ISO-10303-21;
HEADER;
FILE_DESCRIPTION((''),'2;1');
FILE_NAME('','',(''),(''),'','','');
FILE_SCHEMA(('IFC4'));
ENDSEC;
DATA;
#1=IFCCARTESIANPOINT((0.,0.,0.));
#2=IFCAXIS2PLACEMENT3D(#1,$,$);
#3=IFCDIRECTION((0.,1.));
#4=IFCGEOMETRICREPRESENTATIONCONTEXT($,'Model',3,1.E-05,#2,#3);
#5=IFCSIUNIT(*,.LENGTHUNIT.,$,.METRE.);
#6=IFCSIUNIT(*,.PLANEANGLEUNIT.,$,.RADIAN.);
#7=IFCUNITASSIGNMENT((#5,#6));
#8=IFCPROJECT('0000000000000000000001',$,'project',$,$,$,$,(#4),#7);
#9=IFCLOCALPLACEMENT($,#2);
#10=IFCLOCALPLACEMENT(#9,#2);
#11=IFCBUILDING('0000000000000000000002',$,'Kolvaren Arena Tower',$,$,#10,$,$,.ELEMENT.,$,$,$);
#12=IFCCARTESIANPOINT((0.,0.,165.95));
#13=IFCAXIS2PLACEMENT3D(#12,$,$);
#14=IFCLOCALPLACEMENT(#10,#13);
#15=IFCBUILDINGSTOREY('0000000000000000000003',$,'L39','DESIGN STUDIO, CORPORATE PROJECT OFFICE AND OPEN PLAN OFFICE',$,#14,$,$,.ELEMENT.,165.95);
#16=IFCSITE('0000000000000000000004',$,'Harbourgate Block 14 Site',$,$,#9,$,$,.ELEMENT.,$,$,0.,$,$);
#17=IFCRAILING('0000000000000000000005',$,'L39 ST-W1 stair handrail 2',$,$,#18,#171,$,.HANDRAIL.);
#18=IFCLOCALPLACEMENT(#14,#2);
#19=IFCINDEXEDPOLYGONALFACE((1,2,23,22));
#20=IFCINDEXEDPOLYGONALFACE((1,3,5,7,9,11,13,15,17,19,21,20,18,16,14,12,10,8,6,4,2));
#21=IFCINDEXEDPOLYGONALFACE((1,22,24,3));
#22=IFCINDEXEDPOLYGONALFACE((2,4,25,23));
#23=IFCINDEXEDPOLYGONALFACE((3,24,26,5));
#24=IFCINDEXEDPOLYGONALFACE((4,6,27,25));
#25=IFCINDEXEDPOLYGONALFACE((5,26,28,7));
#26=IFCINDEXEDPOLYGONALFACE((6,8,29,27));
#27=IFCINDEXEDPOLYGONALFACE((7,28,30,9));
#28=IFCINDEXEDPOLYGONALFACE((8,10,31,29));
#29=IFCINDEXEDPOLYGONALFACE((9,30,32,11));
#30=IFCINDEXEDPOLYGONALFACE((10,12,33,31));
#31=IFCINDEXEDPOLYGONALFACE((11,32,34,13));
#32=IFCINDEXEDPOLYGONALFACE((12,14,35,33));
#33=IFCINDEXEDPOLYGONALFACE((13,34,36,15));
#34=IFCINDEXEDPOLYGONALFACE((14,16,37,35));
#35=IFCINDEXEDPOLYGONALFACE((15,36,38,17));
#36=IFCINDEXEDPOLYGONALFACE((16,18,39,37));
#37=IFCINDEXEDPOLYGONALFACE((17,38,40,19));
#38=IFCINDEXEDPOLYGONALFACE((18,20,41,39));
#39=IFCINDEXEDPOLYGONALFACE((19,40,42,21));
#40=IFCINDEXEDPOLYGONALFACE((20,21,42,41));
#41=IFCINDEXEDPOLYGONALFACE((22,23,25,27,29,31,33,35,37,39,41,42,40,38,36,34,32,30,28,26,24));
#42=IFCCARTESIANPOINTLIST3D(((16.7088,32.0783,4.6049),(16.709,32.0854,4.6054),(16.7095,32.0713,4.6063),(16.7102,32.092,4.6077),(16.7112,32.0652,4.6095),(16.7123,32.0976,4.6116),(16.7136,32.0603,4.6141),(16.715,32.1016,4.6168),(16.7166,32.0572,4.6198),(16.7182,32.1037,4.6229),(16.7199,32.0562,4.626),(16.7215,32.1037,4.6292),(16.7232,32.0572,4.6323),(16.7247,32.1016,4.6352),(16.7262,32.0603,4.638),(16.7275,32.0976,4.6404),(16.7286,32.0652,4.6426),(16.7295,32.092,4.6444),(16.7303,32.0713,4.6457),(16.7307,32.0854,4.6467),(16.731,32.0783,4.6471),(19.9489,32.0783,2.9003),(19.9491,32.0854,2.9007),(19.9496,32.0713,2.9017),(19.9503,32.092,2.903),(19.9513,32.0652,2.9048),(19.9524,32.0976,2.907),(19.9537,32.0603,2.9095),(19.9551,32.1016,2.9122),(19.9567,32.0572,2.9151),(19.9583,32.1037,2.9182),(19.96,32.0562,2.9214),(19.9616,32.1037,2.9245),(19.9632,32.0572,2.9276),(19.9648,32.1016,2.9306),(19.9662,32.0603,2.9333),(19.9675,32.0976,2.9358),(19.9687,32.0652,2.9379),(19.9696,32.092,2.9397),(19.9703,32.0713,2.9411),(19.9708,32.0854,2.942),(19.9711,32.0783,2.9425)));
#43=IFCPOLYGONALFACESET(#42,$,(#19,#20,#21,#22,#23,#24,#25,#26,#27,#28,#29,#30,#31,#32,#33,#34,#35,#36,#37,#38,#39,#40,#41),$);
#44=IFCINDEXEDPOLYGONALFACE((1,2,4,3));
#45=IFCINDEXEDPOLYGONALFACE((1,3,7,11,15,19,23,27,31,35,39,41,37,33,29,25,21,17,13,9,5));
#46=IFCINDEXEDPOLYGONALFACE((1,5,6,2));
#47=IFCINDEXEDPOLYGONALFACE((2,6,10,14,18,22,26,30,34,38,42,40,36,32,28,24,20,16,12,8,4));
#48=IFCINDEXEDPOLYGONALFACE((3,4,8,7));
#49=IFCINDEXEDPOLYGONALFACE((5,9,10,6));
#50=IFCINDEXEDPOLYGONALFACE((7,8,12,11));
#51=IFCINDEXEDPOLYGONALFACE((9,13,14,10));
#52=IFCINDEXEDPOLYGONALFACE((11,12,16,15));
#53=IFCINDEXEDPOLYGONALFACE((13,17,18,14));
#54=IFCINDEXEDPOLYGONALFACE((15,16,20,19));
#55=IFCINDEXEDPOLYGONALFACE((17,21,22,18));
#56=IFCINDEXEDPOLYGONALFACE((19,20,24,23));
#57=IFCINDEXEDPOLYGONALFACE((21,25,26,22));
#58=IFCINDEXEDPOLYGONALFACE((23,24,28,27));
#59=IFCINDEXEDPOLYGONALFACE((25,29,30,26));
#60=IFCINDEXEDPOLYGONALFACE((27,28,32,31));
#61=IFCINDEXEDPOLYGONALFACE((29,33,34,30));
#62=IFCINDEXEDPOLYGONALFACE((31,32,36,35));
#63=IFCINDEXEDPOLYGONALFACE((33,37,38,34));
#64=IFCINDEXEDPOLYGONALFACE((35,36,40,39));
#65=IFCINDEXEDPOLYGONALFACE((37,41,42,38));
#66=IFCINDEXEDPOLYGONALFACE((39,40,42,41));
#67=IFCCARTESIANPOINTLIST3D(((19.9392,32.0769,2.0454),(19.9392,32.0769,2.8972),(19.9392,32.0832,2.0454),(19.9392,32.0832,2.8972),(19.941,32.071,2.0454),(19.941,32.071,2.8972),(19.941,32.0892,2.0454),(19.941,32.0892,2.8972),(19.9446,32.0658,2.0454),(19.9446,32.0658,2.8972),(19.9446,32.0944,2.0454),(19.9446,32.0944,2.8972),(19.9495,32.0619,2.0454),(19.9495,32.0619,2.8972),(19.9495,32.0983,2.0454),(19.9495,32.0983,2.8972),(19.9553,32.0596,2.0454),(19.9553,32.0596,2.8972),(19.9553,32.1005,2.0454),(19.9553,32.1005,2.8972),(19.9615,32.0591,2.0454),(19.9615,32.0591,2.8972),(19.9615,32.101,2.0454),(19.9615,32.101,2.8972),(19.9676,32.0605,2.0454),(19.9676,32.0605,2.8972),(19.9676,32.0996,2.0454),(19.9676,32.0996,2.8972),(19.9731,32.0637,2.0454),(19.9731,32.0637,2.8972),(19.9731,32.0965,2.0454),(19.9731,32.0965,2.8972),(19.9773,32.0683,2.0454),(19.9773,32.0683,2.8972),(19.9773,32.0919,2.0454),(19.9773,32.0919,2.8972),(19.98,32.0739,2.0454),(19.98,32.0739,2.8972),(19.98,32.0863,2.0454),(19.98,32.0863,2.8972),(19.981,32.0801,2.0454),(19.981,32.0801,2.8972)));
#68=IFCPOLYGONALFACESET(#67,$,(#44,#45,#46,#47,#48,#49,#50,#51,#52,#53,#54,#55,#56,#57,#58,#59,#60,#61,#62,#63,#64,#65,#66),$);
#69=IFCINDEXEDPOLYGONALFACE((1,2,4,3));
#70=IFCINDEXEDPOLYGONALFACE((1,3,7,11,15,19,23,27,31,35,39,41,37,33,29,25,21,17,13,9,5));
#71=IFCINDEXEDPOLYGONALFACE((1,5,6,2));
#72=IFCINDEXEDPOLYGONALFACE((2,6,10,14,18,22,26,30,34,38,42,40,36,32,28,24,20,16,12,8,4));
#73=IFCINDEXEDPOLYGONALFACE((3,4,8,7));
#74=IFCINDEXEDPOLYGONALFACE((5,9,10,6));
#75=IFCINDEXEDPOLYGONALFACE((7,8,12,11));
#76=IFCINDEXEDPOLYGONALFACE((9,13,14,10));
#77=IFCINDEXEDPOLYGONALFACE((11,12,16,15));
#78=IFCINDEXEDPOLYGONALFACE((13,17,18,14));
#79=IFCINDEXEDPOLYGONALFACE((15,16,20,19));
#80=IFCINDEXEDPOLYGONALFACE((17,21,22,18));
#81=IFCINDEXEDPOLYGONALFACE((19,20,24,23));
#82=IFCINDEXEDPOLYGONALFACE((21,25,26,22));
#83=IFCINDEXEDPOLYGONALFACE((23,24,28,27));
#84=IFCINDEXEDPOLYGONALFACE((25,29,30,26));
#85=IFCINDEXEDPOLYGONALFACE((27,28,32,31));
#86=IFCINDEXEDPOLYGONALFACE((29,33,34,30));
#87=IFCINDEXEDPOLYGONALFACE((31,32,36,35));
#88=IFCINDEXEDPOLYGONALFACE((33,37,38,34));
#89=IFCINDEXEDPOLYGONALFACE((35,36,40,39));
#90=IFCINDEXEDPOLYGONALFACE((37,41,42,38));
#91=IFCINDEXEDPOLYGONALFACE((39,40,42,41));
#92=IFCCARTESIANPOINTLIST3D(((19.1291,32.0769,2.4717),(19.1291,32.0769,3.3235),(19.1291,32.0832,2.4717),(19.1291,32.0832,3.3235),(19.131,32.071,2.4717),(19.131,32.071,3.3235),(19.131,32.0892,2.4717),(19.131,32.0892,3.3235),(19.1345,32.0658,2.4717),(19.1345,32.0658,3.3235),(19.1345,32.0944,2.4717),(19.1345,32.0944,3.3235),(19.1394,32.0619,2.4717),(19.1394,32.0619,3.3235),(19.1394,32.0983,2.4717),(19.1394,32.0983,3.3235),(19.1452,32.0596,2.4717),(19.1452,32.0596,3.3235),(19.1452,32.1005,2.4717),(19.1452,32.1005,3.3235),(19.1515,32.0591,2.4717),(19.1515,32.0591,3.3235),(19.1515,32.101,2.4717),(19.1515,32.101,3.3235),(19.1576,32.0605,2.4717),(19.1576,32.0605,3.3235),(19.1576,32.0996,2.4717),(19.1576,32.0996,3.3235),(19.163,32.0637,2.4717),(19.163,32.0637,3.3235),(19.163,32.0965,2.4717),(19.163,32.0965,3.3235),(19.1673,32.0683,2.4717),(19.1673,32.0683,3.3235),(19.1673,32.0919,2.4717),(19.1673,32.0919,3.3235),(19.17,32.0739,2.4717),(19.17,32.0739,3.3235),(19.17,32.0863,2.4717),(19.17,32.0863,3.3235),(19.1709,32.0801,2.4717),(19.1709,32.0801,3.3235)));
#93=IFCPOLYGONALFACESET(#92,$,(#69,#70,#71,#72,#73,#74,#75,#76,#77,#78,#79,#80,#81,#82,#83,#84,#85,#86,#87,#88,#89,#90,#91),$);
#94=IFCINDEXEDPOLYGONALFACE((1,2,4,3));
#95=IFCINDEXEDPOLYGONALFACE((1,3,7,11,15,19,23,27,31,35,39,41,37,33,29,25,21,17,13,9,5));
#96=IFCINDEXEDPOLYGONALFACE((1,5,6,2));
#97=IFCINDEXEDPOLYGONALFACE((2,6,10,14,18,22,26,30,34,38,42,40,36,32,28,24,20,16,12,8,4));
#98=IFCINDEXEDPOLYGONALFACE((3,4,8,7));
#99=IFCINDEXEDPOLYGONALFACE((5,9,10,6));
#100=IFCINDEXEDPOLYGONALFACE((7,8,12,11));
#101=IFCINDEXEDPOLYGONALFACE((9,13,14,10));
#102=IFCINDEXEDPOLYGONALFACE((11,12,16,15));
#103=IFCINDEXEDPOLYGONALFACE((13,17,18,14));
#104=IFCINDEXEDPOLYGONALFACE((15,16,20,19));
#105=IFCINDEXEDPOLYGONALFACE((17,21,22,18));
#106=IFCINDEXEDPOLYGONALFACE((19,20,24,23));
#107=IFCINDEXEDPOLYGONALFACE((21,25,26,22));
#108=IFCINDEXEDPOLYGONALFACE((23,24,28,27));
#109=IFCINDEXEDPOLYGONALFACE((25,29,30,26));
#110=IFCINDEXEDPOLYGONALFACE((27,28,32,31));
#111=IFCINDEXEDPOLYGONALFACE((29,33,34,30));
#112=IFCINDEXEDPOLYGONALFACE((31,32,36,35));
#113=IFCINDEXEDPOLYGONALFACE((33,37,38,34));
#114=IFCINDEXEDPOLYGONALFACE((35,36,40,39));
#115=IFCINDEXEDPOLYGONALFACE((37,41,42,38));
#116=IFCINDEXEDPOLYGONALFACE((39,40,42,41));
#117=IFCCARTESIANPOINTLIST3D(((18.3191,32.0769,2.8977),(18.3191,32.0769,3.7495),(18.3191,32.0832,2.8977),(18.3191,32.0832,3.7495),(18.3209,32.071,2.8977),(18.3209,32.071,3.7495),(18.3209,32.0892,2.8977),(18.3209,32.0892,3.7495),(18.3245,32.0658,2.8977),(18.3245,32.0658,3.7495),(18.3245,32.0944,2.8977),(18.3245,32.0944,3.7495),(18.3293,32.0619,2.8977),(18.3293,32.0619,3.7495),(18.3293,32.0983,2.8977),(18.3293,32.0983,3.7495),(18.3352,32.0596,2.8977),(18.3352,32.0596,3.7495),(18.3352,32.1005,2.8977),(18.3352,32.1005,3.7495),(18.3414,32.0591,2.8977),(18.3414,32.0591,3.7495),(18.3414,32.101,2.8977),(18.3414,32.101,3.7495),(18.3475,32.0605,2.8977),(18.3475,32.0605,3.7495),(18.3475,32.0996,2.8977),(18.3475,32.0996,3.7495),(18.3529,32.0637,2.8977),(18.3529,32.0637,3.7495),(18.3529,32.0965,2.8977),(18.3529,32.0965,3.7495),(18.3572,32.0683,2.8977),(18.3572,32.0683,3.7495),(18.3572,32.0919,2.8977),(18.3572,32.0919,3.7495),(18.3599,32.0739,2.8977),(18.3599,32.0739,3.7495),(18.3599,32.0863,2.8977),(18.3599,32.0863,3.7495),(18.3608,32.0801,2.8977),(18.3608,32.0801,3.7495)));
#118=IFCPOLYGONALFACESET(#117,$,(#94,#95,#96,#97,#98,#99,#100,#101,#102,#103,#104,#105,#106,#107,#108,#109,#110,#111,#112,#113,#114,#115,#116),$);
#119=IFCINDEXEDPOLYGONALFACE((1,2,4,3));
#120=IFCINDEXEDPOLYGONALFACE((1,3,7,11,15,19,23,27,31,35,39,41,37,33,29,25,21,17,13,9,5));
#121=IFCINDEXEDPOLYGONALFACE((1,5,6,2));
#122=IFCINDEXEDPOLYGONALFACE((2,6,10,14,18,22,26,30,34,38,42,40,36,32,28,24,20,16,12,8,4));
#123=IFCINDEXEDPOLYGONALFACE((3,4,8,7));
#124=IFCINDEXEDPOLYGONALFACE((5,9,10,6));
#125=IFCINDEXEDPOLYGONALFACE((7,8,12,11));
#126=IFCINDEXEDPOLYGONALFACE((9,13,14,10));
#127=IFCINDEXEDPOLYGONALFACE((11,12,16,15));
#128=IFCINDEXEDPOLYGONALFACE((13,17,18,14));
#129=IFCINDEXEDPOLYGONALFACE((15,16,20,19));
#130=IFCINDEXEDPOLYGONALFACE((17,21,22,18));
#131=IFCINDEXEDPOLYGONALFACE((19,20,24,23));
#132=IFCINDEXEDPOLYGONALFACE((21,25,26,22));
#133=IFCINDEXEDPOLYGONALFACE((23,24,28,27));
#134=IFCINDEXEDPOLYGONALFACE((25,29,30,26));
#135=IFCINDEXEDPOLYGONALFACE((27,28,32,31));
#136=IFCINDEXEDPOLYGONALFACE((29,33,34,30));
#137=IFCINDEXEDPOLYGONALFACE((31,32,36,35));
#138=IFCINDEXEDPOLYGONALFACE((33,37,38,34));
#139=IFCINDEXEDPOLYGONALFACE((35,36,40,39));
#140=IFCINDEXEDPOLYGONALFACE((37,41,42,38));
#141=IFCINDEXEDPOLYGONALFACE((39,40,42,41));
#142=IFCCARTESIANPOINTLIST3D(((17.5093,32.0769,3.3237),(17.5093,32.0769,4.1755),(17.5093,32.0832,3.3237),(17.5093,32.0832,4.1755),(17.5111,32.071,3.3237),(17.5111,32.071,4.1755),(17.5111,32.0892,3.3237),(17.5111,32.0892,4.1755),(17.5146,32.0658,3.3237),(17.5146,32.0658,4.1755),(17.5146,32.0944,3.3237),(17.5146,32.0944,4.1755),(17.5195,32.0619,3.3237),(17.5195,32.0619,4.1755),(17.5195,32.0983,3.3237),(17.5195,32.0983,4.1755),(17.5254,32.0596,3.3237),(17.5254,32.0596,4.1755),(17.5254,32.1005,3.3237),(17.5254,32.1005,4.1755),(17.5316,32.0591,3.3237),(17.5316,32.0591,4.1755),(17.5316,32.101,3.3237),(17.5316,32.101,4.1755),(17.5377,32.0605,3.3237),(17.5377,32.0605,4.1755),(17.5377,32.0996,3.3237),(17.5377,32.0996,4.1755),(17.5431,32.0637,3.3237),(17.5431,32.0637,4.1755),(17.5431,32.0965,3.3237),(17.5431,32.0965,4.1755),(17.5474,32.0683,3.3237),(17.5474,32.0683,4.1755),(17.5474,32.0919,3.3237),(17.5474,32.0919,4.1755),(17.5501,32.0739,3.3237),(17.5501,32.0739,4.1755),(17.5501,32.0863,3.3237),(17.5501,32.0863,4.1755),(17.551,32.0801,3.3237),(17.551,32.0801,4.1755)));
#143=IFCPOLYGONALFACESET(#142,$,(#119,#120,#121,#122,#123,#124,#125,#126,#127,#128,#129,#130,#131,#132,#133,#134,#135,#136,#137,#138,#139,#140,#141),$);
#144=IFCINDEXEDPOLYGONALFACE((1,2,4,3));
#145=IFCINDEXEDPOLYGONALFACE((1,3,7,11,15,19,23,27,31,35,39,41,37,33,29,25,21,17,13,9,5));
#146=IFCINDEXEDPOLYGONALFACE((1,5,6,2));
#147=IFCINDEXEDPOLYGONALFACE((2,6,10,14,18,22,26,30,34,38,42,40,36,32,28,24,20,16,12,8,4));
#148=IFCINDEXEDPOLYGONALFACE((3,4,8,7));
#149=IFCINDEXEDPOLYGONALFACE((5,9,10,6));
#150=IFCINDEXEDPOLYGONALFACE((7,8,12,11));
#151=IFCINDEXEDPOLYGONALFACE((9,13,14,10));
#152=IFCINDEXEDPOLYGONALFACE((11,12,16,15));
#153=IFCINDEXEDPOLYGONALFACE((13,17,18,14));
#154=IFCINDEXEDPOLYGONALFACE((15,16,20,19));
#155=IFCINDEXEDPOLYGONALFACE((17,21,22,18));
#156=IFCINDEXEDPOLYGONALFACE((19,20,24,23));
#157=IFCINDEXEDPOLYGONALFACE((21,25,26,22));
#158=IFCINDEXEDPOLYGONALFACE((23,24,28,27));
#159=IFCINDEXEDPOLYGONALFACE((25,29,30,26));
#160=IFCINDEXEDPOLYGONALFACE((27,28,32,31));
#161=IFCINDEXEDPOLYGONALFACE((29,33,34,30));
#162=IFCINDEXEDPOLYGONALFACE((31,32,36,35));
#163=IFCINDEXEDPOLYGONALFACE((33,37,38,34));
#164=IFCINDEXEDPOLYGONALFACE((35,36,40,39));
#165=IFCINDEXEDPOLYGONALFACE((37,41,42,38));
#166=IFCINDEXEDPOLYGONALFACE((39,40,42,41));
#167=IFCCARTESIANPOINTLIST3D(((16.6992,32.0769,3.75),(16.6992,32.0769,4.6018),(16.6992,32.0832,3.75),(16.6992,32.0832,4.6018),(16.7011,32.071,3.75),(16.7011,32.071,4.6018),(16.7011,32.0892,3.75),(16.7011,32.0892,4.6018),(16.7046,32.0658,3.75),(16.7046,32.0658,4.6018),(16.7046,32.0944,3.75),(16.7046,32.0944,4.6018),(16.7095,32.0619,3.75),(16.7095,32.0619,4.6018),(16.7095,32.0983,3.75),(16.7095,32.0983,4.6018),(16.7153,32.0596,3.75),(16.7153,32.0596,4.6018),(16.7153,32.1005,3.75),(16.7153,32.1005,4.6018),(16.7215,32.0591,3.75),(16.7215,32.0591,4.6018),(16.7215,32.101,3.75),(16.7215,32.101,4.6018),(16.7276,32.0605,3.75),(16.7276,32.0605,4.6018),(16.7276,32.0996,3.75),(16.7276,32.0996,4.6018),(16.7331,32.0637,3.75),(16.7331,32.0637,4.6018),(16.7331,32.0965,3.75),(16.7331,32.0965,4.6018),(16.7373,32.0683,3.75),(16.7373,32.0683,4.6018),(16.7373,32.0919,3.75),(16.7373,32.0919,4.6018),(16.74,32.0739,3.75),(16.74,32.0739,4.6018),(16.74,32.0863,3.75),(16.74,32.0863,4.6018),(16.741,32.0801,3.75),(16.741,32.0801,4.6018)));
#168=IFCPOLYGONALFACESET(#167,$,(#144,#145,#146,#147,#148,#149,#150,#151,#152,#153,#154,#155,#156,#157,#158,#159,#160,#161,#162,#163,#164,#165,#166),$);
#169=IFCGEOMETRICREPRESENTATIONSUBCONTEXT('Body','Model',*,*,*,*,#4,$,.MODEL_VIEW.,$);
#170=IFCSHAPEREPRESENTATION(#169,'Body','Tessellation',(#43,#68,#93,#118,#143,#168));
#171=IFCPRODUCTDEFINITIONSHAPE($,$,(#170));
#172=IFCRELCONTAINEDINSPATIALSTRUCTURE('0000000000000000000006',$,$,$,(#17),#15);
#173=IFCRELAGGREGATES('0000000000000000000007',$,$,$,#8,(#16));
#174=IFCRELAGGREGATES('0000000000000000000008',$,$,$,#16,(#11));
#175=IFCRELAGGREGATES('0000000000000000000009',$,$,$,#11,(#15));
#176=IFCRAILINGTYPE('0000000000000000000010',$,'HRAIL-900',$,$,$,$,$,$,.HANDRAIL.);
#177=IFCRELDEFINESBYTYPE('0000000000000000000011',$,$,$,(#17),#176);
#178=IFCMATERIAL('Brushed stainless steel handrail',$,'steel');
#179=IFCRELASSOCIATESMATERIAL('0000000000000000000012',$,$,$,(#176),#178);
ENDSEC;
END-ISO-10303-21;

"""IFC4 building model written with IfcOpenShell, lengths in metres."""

from ifc_helpers import new_model, si_unit, direction, frame, origin, origin_2d, place, context, subcontext, project, spatial, circle, extrude, material, type_object, element, save


model = new_model("IFC4")

# Units and contexts
model_context = context("Model", 3, precision=1e-05, world=origin(), true_north=direction((0.0, 1.0)))
body_context = subcontext(model_context, "Body", "Model", "MODEL_VIEW")
ifc_project = project(units=[si_unit("LENGTHUNIT", "METRE"), si_unit("PLANEANGLEUNIT", "RADIAN")], contexts=[model_context])

# Site, building, storey
site_placement = place(None, origin())
site = spatial("IfcSite", under=ifc_project, at=site_placement, Name="Harbourgate Block 14 Site", CompositionType="ELEMENT", RefElevation=0.0)
building_placement = place(site_placement, origin())
building = spatial("IfcBuilding", under=site, at=building_placement, Name="Kolvaren Arena Tower", CompositionType="ELEMENT")
storey_placement = place(building_placement, frame((0.0, 0.0, 165.95)))
storey = spatial("IfcBuildingStorey", under=building, at=storey_placement, Name="L39", Description="DESIGN STUDIO, CORPORATE PROJECT OFFICE AND OPEN PLAN OFFICE", CompositionType="ELEMENT", Elevation=165.95)

# Railing
ifc_material_1 = material(Name="Brushed stainless steel handrail", Category="steel")
railing_type_1 = type_object("IfcRailingType", Name="HRAIL-900", PredefinedType="HANDRAIL", material=ifc_material_1)
railing_1_placement = place(storey_placement, frame((19.96, 32.0801, 2.0454)))
element("IfcRailing", 1, at=railing_1_placement, inside=storey, type_object=railing_type_1, Name="L39 ST-W1 stair handrail 2", PredefinedType="HANDRAIL", context=body_context, shape_type="SweptSolid", body=[
    extrude(circle(Radius=0.0239, at=origin_2d()), frame((0.0, 0.0, 0.876), z_axis=(-0.884993, 0.0, 0.465604), x_axis=(0.0, -1.0, 0.0)), (0.0, 0.0, 1.0), 3.6611),
    extrude(circle(Radius=0.021, at=origin_2d()), origin(), (0.0, 0.0, 1.0), 0.8518),
    extrude(circle(Radius=0.021, at=origin_2d()), frame((-0.8101, 0.0, 0.4263)), (0.0, 0.0, 1.0), 0.8518),
    extrude(circle(Radius=0.021, at=origin_2d()), frame((-1.6201, 0.0, 0.8523)), (0.0, 0.0, 1.0), 0.8518),
    extrude(circle(Radius=0.021, at=origin_2d()), frame((-2.4299, 0.0, 1.2783)), (0.0, 0.0, 1.0), 0.8518),
    extrude(circle(Radius=0.021, at=origin_2d()), frame((-3.24, 0.0, 1.7046)), (0.0, 0.0, 1.0), 0.8518),
])

save(model, "model.ifc")
